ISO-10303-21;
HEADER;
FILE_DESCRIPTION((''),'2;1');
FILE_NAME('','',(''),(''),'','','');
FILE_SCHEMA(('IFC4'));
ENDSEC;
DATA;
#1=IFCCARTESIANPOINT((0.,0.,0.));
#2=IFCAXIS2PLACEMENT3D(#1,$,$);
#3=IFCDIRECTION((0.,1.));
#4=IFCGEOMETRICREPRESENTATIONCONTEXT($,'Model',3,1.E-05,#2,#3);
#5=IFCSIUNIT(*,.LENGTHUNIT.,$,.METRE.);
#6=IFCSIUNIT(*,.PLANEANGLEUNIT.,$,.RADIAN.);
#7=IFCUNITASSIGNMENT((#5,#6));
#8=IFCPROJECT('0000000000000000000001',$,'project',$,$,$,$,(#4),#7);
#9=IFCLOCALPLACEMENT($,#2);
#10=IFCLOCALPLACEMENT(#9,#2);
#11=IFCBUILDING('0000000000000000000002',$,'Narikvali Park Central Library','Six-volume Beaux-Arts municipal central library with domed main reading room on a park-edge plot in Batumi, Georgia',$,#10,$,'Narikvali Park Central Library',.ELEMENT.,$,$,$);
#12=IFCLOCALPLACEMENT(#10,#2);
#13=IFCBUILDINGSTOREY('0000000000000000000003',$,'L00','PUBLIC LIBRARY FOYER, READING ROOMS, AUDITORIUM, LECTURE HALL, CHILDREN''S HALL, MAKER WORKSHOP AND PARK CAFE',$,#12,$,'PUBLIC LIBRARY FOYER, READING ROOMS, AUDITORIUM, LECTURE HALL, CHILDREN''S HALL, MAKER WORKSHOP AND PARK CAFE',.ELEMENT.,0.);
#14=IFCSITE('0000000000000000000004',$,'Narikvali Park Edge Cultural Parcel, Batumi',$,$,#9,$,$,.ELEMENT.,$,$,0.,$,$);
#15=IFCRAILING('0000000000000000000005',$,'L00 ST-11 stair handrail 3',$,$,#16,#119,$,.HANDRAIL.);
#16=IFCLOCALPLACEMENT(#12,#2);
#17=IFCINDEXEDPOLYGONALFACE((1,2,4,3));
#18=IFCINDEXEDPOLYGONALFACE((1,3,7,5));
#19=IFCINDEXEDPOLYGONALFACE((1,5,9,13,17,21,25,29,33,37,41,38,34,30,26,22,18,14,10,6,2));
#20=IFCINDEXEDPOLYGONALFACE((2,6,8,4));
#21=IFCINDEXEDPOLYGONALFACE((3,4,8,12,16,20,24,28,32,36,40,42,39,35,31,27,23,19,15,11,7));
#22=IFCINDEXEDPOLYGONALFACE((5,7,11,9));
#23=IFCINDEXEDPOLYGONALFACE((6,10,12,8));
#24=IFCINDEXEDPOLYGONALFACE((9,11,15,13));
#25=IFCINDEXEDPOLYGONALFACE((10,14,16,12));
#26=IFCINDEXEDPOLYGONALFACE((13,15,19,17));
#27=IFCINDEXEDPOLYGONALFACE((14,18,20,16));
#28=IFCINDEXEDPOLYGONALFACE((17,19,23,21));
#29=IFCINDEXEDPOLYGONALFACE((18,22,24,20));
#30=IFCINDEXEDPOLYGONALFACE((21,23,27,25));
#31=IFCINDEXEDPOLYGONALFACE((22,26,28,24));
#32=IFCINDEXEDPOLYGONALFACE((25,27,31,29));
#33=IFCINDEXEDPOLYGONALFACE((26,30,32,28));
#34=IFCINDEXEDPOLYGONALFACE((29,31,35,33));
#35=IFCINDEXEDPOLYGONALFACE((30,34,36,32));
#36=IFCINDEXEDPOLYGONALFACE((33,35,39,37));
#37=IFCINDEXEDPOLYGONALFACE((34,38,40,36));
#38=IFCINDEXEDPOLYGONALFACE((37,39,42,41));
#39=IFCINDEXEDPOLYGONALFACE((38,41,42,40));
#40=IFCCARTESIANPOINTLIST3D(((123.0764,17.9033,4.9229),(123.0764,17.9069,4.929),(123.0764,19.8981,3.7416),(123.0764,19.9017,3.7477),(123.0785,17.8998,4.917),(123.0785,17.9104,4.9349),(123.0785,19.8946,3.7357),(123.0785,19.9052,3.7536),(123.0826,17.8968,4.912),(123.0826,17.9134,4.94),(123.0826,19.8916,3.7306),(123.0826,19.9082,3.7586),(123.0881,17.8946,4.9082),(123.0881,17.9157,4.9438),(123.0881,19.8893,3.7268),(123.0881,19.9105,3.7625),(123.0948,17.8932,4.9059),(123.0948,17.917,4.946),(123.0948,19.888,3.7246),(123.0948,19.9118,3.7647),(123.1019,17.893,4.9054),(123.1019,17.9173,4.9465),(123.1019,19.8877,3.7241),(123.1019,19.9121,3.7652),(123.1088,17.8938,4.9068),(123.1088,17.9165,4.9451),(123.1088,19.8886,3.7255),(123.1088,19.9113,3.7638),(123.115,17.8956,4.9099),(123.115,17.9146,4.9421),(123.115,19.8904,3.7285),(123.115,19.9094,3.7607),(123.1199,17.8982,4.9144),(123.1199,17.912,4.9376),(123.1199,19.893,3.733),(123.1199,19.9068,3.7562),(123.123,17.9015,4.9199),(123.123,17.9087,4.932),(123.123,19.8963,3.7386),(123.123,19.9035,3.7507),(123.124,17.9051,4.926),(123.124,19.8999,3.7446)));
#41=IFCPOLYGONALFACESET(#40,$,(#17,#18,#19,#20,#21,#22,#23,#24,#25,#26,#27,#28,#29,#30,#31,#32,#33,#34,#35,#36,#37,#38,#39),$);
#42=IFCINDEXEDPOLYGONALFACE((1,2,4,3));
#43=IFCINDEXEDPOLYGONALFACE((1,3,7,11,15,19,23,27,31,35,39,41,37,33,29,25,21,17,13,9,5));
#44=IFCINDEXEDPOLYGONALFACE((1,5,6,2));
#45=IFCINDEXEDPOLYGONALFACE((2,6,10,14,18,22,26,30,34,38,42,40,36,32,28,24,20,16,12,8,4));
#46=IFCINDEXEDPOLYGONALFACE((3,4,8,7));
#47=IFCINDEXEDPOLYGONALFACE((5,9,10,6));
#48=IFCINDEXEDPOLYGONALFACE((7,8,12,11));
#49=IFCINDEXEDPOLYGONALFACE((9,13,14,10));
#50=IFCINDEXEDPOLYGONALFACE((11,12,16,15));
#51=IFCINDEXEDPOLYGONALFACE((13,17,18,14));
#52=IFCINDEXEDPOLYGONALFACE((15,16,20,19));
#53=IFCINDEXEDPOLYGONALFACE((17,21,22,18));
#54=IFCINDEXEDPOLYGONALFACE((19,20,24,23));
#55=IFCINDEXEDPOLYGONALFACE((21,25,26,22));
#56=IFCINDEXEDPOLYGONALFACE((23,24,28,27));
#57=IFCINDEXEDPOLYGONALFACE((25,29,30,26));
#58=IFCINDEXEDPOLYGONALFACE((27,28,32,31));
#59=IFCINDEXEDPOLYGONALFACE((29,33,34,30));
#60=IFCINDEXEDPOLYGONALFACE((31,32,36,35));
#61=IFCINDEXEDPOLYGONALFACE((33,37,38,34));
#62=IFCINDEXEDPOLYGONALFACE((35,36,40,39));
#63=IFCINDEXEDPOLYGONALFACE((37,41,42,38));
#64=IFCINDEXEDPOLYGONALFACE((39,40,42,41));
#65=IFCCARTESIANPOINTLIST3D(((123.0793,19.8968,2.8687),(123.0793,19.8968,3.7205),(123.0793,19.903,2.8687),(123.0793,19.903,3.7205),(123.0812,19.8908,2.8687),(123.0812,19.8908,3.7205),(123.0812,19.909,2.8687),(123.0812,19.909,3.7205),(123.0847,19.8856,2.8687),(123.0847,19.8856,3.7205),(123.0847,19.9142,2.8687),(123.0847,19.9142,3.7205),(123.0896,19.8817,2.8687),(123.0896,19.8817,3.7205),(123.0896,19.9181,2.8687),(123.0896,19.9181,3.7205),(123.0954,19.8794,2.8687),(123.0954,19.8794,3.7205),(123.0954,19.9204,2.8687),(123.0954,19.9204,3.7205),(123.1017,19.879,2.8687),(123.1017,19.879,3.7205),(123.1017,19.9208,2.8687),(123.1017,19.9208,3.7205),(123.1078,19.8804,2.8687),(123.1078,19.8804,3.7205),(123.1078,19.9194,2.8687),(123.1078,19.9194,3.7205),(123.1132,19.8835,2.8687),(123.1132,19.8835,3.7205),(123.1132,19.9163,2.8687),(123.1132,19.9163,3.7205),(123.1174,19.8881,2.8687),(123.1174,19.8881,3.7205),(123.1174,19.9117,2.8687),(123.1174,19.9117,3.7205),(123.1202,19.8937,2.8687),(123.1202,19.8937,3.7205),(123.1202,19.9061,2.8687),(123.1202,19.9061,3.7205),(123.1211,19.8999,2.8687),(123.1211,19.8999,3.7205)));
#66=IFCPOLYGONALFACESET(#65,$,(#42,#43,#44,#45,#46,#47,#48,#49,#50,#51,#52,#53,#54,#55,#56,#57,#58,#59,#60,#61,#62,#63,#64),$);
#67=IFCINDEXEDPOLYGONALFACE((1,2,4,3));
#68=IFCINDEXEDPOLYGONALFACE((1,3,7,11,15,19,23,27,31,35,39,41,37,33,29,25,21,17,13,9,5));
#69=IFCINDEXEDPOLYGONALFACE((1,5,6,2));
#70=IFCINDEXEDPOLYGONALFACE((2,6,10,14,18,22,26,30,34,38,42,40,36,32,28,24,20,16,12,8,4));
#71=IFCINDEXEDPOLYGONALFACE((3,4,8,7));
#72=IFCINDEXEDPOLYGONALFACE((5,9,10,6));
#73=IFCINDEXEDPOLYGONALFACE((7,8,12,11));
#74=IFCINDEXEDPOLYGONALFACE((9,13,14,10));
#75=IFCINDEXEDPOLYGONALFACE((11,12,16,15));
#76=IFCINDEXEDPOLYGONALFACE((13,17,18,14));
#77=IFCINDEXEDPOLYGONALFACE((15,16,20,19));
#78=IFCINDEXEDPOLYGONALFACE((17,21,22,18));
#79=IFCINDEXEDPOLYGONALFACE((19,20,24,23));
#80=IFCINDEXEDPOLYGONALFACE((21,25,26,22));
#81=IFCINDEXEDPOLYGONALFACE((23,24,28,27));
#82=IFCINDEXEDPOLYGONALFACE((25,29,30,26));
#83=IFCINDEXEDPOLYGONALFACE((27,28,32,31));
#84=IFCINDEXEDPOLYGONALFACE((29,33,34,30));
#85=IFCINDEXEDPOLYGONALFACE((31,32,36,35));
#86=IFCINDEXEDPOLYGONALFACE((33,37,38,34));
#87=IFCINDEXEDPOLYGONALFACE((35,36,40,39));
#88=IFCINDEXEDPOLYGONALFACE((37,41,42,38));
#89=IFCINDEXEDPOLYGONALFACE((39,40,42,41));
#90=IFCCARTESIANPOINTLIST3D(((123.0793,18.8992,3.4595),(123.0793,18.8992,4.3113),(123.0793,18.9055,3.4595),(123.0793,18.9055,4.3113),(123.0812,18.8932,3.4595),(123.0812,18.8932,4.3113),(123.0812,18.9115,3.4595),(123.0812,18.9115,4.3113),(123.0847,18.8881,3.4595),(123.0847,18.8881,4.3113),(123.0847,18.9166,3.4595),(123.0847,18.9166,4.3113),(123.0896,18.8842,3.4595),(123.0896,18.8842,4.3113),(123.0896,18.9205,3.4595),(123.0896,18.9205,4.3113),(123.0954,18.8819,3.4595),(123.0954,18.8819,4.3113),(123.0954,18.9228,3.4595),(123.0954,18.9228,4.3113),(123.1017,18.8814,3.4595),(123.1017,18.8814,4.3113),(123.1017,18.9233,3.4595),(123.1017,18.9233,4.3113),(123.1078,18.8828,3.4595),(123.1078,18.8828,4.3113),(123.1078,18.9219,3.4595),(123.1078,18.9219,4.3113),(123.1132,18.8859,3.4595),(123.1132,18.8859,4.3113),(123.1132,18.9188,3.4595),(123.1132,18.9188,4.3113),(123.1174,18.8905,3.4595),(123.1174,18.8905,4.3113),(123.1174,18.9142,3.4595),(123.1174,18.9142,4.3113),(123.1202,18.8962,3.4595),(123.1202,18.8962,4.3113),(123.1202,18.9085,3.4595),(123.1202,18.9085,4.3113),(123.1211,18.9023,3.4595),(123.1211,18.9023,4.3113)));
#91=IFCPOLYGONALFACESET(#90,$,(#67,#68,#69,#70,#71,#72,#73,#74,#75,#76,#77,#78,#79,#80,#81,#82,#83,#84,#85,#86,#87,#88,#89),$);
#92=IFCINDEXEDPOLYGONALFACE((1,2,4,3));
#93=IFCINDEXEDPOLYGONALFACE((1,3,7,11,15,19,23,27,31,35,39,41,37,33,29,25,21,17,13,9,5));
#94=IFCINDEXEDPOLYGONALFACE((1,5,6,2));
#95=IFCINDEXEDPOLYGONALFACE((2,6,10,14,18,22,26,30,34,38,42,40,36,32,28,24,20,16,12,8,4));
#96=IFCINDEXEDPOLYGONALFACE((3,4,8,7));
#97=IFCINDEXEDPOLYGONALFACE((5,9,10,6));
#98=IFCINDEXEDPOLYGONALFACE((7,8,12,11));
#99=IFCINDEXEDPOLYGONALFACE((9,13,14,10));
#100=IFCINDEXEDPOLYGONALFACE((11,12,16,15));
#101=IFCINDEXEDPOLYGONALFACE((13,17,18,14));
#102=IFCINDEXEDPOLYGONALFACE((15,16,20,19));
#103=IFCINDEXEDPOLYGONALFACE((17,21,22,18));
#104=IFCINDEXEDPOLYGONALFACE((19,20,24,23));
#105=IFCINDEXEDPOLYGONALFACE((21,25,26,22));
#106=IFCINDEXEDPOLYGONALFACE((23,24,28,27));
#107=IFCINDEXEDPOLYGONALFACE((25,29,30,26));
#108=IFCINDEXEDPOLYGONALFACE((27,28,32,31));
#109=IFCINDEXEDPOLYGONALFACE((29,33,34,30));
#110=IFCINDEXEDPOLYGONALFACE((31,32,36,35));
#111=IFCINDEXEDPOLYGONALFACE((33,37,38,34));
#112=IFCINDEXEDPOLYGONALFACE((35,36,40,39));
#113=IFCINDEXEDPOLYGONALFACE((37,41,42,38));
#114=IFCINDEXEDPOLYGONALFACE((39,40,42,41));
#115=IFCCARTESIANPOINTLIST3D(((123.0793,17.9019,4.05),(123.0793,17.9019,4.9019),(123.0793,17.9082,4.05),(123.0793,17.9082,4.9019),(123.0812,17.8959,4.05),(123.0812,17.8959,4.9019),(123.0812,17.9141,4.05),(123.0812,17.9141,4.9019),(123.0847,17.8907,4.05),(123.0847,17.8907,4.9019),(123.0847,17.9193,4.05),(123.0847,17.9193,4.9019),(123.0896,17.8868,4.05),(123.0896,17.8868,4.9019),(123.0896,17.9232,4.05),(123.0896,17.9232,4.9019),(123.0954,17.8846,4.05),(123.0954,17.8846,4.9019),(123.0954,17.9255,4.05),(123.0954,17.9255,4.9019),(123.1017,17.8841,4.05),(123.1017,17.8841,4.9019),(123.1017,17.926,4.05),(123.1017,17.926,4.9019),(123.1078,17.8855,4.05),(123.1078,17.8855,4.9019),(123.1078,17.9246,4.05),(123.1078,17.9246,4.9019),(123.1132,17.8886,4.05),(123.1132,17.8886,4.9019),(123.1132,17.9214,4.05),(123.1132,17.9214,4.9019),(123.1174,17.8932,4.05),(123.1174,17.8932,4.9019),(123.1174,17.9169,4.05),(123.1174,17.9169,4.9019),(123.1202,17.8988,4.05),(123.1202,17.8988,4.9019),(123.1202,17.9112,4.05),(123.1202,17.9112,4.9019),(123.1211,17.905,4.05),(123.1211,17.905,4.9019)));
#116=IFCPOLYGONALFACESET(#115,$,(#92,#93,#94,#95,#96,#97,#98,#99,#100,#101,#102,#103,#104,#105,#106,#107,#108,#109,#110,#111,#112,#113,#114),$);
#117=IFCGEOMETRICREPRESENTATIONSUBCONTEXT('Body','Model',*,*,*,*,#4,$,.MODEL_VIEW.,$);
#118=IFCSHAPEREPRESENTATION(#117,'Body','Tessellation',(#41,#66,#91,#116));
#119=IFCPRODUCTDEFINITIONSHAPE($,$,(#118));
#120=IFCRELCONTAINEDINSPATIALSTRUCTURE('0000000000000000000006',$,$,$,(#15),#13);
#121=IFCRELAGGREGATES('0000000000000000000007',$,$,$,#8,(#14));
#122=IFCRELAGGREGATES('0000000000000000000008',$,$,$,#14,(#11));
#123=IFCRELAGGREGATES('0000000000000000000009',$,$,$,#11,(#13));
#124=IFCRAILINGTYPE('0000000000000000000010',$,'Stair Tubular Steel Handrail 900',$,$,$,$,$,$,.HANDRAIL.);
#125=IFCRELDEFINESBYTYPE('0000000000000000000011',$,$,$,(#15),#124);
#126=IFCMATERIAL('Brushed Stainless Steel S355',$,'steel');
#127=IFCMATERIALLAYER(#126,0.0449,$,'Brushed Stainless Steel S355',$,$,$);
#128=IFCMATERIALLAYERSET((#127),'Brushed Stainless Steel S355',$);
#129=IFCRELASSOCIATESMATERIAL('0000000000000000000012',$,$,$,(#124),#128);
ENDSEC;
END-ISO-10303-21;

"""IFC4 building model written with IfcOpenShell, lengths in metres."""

from ifc_helpers import new_model, si_unit, direction, frame, origin, origin_2d, place, context, subcontext, project, spatial, circle, extrude, material, layer, layer_set, type_object, element, save


model = new_model("IFC4")

# Units and contexts
model_context = context("Model", 3, precision=1e-05, world=origin(), true_north=direction((0.0, 1.0)))
body_context = subcontext(model_context, "Body", "Model", "MODEL_VIEW")
ifc_project = project(units=[si_unit("LENGTHUNIT", "METRE"), si_unit("PLANEANGLEUNIT", "RADIAN")], contexts=[model_context])

# Site, building, storey
site_placement = place(None, origin())
site = spatial("IfcSite", under=ifc_project, at=site_placement, Name="Narikvali Park Edge Cultural Parcel, Batumi", CompositionType="ELEMENT", RefElevation=0.0)
building_placement = place(site_placement, origin())
building = spatial("IfcBuilding", under=site, at=building_placement, Name="Narikvali Park Central Library", Description="Six-volume Beaux-Arts municipal central library with domed main reading room on a park-edge plot in Batumi, Georgia", LongName="Narikvali Park Central Library", CompositionType="ELEMENT")
storey_placement = place(building_placement, origin())
storey = spatial("IfcBuildingStorey", under=building, at=storey_placement, Name="L00", Description="PUBLIC LIBRARY FOYER, READING ROOMS, AUDITORIUM, LECTURE HALL, CHILDREN'S HALL, MAKER WORKSHOP AND PARK CAFE", LongName="PUBLIC LIBRARY FOYER, READING ROOMS, AUDITORIUM, LECTURE HALL, CHILDREN'S HALL, MAKER WORKSHOP AND PARK CAFE", CompositionType="ELEMENT", Elevation=0.0)

# Shared definitions
ifc_material_1 = material(Name="Brushed Stainless Steel S355", Category="steel")

# Railing
ifc_layer_1 = layer(ifc_material_1, 0.0449, Name="Brushed Stainless Steel S355")
ifc_layer_set_1 = layer_set([ifc_layer_1], Name="Brushed Stainless Steel S355")
railing_type_1 = type_object("IfcRailingType", Name="Stair Tubular Steel Handrail 900", PredefinedType="HANDRAIL", material=ifc_layer_set_1)
railing_1_placement = place(storey_placement, frame((123.1001, 19.8999, 2.8687)))
element("IfcRailing", 1, at=railing_1_placement, inside=storey, type_object=railing_type_1, Name="L00 ST-11 stair handrail 3", PredefinedType="HANDRAIL", context=body_context, shape_type="SweptSolid", body=[
    extrude(circle(Radius=0.0239, at=origin_2d()), frame((0.0, 0.0, 0.876), z_axis=(0.0, -0.860433, 0.509563), x_axis=(1.0, 0.0, 0.0)), (0.0, 0.0, 1.0), 2.3184),
    extrude(circle(Radius=0.021, at=origin_2d()), origin(), (0.0, 0.0, 1.0), 0.8518),
    extrude(circle(Radius=0.021, at=origin_2d()), frame((0.0, -0.9976, 0.5908)), (0.0, 0.0, 1.0), 0.8518),
    extrude(circle(Radius=0.021, at=origin_2d()), frame((0.0, -1.9949, 1.1814)), (0.0, 0.0, 1.0), 0.8518),
])

save(model, "model.ifc")
